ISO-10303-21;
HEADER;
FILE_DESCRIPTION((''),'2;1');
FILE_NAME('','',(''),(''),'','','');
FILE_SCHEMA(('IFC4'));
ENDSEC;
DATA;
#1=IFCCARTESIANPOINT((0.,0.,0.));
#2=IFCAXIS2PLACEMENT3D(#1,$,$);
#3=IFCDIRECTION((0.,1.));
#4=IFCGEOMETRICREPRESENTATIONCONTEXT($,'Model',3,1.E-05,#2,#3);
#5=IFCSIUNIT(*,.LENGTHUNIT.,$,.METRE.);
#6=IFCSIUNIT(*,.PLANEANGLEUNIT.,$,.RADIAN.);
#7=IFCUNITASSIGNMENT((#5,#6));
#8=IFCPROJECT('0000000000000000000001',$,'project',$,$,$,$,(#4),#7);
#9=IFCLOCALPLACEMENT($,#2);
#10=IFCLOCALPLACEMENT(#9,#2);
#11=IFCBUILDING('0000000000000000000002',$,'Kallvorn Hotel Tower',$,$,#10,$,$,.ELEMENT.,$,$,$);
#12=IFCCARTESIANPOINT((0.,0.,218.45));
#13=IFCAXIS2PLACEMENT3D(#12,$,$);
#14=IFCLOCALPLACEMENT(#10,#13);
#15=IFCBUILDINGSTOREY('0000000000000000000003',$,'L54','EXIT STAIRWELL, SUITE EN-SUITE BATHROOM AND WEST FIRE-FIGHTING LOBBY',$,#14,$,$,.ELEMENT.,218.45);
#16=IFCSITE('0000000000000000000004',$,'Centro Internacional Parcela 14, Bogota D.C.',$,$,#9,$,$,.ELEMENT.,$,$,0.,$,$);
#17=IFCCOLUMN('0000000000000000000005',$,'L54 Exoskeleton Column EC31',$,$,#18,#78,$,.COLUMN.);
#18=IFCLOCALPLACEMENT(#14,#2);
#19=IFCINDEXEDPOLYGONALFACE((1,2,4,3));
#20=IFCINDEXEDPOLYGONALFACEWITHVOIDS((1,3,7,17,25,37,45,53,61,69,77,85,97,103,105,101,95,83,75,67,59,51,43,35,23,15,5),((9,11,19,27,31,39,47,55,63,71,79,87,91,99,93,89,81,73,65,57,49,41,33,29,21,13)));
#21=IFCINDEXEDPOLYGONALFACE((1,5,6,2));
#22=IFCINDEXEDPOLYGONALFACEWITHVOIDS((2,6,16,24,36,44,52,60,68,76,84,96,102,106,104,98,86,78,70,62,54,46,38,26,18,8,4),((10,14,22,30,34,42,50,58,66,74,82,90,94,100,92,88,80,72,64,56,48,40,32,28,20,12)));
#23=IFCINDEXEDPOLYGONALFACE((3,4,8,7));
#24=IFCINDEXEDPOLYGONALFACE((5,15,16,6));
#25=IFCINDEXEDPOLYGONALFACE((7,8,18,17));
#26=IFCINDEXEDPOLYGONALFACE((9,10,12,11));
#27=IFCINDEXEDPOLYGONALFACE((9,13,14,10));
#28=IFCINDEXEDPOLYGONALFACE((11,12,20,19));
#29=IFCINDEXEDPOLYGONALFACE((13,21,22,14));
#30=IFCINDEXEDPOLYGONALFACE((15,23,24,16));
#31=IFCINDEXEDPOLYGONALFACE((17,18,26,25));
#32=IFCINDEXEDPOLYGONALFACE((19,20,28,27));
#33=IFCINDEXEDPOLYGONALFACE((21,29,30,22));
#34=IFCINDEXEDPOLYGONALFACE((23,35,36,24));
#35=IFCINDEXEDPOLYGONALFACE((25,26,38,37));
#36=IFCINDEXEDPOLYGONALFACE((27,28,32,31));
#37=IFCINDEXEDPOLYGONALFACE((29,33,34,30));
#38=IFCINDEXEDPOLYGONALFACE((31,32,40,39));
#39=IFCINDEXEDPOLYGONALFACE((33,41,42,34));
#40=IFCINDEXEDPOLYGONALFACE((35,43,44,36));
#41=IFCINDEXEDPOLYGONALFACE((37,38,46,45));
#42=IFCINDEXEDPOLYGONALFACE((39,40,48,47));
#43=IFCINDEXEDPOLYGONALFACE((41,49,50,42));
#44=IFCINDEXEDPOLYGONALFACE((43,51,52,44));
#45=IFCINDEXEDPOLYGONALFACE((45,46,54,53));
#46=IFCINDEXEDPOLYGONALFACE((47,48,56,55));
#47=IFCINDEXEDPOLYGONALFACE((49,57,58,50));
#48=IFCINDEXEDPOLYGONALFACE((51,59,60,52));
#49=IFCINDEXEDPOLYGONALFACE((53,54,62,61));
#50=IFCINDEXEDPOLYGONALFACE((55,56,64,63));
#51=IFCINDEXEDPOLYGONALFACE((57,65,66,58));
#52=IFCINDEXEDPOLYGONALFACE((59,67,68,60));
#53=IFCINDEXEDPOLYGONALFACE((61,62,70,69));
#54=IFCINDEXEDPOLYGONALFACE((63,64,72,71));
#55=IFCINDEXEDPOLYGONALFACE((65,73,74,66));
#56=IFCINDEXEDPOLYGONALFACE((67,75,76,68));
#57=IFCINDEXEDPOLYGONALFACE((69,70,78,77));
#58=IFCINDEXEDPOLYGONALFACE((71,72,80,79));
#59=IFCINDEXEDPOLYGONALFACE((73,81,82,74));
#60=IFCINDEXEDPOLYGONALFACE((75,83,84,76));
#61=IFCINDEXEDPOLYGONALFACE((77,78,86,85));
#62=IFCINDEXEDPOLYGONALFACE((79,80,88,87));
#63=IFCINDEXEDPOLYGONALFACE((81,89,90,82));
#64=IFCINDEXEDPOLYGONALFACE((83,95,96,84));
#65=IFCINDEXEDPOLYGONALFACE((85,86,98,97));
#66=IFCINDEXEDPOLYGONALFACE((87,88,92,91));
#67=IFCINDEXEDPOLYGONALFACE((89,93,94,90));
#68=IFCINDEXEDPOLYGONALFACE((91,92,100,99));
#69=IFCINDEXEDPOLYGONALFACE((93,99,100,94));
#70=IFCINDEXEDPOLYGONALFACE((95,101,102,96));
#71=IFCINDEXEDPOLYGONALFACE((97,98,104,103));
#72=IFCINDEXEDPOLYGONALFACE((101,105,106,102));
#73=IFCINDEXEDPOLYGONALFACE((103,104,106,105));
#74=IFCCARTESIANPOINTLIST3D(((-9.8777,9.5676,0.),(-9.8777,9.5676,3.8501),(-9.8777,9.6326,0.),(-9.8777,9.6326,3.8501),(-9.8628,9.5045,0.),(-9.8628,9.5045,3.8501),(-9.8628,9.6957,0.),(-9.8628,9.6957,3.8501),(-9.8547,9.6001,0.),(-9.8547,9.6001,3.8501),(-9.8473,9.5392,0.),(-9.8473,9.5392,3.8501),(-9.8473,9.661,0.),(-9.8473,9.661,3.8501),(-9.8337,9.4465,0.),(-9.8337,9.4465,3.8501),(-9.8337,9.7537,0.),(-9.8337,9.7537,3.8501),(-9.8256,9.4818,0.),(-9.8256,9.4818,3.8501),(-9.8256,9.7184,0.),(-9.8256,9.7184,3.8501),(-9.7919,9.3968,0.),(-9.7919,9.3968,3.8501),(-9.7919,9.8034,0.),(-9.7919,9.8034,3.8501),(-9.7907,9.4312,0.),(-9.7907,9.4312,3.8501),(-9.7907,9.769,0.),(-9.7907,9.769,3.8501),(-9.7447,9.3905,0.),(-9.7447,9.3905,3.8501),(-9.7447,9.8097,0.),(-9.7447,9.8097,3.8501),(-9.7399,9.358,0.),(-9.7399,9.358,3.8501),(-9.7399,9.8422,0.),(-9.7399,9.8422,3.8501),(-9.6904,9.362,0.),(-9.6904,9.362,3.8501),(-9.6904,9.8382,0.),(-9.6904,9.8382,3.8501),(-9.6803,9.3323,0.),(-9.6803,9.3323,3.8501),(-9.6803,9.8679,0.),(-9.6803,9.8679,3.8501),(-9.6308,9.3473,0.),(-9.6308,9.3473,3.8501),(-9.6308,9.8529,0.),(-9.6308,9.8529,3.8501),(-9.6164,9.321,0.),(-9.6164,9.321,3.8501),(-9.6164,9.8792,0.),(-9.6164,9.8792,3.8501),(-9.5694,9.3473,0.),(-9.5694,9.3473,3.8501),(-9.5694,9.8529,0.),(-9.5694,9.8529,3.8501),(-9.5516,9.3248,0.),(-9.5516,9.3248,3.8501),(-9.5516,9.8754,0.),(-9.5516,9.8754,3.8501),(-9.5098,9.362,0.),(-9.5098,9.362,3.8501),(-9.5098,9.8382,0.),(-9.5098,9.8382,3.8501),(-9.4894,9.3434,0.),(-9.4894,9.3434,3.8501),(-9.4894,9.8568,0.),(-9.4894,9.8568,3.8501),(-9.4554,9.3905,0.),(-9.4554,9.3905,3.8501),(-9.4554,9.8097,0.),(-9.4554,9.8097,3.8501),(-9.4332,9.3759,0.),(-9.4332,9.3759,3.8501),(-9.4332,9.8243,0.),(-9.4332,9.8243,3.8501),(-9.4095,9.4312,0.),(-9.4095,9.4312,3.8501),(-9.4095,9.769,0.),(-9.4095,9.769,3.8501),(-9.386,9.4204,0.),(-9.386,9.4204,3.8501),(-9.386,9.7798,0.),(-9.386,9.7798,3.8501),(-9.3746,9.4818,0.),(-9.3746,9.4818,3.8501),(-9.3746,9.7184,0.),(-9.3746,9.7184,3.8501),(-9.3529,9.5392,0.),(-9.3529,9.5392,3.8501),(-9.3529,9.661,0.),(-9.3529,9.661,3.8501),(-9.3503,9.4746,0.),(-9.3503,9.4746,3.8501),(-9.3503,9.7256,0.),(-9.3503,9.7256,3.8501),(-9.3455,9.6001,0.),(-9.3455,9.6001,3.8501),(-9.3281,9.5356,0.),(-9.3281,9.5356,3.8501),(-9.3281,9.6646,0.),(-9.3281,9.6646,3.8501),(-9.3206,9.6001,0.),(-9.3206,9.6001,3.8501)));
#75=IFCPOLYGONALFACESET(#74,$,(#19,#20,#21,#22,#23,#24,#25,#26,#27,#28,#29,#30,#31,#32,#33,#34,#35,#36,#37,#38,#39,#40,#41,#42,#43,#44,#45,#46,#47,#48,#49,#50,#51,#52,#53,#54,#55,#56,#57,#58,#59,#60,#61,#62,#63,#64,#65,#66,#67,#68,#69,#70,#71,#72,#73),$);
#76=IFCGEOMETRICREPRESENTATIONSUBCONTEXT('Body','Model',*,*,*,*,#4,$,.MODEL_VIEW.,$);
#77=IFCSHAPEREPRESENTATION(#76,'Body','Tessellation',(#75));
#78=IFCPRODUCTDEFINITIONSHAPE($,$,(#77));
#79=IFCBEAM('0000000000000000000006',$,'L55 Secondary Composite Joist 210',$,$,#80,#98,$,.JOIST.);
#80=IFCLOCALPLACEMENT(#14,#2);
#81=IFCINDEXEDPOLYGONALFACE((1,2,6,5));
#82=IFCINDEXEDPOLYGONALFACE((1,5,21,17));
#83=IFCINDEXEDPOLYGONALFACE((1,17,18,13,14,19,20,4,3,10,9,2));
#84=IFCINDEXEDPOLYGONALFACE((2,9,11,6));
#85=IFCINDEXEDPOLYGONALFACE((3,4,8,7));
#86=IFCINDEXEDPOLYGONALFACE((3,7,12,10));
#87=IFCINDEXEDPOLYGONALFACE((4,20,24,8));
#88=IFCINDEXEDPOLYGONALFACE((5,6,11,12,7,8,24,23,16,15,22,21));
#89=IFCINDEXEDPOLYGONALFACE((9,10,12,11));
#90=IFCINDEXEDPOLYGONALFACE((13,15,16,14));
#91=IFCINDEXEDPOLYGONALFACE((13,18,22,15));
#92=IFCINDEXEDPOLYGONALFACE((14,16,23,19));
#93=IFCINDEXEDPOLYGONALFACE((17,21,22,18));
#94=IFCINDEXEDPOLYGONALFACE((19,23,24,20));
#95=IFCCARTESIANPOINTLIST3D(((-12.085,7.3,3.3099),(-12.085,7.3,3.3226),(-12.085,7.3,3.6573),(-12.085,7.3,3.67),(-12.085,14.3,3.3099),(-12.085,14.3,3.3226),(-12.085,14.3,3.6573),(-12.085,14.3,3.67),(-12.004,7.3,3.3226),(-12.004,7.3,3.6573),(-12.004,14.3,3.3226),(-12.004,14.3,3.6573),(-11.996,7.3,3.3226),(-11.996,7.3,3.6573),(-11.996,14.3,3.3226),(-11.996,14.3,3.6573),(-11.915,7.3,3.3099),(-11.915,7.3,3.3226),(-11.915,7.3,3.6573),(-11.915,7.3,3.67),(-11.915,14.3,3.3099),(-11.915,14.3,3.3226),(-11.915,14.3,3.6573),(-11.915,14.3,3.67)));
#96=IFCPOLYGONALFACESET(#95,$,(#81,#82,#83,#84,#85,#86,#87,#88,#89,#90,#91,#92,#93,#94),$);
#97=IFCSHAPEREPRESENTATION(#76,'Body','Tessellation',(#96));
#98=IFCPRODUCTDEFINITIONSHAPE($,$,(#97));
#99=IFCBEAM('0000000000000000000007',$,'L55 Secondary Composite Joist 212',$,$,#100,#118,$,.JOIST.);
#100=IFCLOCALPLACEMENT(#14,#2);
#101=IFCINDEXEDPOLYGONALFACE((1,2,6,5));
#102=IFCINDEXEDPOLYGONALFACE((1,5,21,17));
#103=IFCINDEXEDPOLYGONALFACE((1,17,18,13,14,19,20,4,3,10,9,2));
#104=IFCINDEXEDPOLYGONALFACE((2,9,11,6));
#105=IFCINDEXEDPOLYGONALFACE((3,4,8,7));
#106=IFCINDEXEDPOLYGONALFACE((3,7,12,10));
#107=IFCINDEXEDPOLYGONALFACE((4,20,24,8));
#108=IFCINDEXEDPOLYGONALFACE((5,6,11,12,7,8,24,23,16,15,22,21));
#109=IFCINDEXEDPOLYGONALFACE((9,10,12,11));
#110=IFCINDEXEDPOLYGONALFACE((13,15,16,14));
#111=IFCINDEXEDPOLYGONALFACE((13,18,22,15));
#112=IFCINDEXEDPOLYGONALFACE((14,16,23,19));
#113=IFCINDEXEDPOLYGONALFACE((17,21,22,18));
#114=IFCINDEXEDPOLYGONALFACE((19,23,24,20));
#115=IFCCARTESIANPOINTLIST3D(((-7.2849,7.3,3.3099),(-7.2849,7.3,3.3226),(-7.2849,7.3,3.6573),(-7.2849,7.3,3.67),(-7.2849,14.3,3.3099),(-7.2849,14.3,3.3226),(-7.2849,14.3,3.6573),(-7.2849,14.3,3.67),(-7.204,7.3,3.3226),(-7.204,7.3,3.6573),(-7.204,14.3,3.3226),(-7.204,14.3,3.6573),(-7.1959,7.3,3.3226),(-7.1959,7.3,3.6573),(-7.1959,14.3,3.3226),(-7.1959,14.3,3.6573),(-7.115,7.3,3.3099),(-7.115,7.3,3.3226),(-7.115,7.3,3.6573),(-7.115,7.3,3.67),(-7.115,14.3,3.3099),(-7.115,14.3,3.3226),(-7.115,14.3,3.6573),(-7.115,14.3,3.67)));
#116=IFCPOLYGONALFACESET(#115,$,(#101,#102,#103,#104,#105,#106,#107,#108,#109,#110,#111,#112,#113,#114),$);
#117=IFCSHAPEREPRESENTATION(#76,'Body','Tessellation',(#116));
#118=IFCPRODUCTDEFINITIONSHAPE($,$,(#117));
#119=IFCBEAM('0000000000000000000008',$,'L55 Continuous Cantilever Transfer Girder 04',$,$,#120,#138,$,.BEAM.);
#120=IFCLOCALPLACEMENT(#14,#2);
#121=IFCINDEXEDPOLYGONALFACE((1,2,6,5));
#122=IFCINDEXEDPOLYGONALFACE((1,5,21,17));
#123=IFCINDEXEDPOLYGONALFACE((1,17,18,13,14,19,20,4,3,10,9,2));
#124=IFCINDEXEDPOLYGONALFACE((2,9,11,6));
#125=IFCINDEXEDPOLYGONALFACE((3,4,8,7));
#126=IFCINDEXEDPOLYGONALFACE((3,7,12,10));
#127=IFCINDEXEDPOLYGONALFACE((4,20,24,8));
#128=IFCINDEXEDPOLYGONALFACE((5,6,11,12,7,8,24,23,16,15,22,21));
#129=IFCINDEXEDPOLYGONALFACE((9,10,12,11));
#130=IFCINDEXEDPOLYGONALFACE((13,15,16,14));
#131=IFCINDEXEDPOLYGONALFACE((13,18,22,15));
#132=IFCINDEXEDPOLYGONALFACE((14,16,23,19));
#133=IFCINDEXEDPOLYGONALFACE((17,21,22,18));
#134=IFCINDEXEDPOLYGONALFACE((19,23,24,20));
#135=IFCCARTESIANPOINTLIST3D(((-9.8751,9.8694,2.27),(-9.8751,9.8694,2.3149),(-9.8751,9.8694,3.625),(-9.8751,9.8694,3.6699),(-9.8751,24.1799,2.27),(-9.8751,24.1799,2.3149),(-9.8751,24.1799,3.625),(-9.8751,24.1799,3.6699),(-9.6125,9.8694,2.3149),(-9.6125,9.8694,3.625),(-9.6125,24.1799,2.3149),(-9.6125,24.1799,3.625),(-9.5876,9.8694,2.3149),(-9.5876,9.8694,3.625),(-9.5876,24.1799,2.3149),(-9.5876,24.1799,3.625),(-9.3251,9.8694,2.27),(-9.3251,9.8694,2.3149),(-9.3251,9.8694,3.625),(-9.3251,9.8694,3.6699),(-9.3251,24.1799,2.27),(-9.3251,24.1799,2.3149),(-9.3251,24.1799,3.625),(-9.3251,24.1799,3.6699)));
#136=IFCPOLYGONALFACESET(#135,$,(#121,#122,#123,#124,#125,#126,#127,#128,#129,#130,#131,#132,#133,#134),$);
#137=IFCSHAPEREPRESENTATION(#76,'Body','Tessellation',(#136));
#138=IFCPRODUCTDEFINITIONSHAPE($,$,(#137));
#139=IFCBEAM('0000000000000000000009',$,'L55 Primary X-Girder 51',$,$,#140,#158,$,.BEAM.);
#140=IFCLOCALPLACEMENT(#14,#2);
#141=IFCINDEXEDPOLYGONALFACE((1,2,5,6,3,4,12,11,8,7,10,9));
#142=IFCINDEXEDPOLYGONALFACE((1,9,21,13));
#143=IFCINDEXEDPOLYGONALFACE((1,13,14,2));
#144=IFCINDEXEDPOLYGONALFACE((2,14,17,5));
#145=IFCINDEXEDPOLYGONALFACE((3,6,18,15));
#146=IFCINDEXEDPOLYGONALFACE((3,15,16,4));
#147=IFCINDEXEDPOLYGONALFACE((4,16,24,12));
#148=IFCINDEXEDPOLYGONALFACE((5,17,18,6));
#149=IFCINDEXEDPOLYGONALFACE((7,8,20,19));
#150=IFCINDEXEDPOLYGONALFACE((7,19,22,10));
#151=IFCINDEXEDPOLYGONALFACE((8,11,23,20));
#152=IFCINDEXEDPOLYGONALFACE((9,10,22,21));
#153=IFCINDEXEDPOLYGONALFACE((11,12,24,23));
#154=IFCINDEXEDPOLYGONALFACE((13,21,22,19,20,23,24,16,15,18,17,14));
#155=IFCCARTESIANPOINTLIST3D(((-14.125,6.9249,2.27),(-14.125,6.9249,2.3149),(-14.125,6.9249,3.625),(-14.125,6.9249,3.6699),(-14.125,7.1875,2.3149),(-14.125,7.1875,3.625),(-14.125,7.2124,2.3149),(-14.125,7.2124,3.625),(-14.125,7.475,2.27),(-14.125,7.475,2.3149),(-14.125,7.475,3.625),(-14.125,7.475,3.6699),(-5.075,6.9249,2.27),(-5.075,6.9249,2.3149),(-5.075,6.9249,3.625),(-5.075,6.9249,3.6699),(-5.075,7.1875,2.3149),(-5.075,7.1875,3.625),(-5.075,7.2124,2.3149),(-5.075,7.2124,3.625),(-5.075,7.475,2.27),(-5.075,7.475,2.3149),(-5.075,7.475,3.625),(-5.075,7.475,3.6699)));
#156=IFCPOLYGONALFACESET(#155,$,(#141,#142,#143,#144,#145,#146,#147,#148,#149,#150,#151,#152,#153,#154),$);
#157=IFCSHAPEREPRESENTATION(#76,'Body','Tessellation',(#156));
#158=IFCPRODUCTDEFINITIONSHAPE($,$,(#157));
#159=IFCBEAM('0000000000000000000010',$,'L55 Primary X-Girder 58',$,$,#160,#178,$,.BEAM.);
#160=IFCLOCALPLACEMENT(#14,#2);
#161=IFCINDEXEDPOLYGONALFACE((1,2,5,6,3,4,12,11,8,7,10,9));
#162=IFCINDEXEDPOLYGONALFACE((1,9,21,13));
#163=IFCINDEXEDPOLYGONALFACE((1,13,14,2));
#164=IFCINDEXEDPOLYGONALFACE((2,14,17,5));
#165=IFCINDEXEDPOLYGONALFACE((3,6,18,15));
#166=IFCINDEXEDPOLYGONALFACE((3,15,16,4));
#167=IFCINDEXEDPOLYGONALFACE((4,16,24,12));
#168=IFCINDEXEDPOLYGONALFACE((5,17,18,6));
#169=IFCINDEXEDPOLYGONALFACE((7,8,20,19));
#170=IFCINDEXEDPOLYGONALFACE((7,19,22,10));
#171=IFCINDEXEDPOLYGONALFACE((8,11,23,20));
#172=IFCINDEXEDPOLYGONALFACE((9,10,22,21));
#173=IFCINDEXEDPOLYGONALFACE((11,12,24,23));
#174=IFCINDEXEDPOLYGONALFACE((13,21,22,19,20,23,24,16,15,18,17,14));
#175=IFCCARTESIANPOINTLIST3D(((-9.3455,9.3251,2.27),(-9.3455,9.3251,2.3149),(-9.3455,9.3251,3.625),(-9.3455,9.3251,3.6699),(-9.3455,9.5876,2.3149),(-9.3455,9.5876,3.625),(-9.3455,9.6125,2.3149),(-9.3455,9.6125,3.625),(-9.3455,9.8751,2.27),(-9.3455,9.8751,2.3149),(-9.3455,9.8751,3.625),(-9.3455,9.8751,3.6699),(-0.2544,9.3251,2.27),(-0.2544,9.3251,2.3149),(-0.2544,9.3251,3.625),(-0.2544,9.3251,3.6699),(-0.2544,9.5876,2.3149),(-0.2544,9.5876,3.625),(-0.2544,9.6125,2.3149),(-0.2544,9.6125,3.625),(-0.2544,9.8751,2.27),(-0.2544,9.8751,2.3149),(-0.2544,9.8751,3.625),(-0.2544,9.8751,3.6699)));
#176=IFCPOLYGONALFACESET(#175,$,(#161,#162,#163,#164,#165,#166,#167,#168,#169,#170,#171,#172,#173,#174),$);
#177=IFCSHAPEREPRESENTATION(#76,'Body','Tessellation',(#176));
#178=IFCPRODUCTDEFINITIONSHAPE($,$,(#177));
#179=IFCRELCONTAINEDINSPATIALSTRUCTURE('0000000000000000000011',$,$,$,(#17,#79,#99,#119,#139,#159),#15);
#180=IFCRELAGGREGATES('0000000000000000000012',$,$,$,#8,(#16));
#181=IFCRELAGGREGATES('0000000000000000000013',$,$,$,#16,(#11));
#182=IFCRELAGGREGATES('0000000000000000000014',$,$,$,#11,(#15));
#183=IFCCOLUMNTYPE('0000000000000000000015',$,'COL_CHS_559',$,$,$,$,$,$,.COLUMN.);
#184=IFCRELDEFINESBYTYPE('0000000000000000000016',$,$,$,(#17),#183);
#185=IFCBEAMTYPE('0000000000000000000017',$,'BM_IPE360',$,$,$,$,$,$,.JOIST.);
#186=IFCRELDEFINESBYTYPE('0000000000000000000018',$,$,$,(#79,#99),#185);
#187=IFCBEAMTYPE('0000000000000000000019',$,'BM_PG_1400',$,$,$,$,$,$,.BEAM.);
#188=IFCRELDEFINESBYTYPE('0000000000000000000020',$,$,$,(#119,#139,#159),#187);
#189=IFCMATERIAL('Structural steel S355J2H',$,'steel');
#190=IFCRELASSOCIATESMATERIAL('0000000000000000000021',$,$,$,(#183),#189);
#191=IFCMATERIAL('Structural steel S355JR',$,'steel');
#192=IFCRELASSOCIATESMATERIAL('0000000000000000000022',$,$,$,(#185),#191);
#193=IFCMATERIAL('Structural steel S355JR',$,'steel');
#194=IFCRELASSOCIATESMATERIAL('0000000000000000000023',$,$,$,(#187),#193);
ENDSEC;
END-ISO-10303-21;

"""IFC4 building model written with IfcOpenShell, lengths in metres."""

from ifc_helpers import new_model, si_unit, direction, frame, origin, origin_2d, place, context, subcontext, project, spatial, hollow_circle, i_section, extrude, material, material_profile, profile_set, type_object, element, save


model = new_model("IFC4")

# Units and contexts
model_context = context("Model", 3, precision=1e-05, world=origin(), true_north=direction((0.0, 1.0)))
body_context = subcontext(model_context, "Body", "Model", "MODEL_VIEW")
ifc_project = project(units=[si_unit("LENGTHUNIT", "METRE"), si_unit("PLANEANGLEUNIT", "RADIAN")], contexts=[model_context])

# Site, building, storey
site_placement = place(None, origin())
site = spatial("IfcSite", under=ifc_project, at=site_placement, Name="Centro Internacional Parcela 14, Bogota D.C.", CompositionType="ELEMENT", RefElevation=0.0)
building_placement = place(site_placement, origin())
building = spatial("IfcBuilding", under=site, at=building_placement, Name="Kallvorn Hotel Tower", CompositionType="ELEMENT")
storey_placement = place(building_placement, frame((0.0, 0.0, 218.45)))
storey = spatial("IfcBuildingStorey", under=building, at=storey_placement, Name="L54", Description="EXIT STAIRWELL, SUITE EN-SUITE BATHROOM AND WEST FIRE-FIGHTING LOBBY", CompositionType="ELEMENT", Elevation=218.45)

# Column
ifc_material_1 = material(Name="Structural steel S355J2H", Category="steel")
ifc_material_profile_1 = material_profile(ifc_material_1, hollow_circle(Radius=0.2795, WallThickness=0.0249, at=origin_2d()), Name="CHS 559x25")
ifc_profile_set_1 = profile_set([ifc_material_profile_1], Name="Structural steel S355J2H")
column_type = type_object("IfcColumnType", Name="COL_CHS_559", PredefinedType="COLUMN", material=ifc_profile_set_1)
column_placement = place(storey_placement, frame((-9.6001, 9.6001, 0.0), z_axis=(0.0, 0.0, 1.0), x_axis=(1.0, 0.0, 0.0)))
element("IfcColumn", 1, at=column_placement, inside=storey, type_object=column_type, Name="L54 Exoskeleton Column EC31", PredefinedType="COLUMN", context=body_context, shape_type="SweptSolid", body=[
    extrude(hollow_circle(Radius=0.2795, WallThickness=0.0249, at=origin_2d()), origin(), (0.0, 0.0, 1.0), 3.8501),
])

# Beams
ifc_material_2 = material(Name="Structural steel S355JR", Category="steel")
ifc_material_profile_2 = material_profile(ifc_material_2, i_section(OverallWidth=0.1699, OverallDepth=0.3601, WebThickness=0.0081, FlangeThickness=0.0127, at=origin_2d()), Name="IPE 360")
ifc_profile_set_2 = profile_set([ifc_material_profile_2], Name="Structural steel S355JR")
beam_type_1 = type_object("IfcBeamType", Name="BM_IPE360", PredefinedType="JOIST", material=ifc_profile_set_2)
for number, where, z_axis, x_axis, name in (
    (2, (-12.0, 7.3, 3.49), (0.0, 1.0, 0.0), (-1.0, 0.0, 0.0), "L55 Secondary Composite Joist 210"),
    (3, (-7.2, 7.3, 3.49), (0.0, 1.0, 0.0), (-1.0, 0.0, 0.0), "L55 Secondary Composite Joist 212"),
):
    element("IfcBeam", number, at=place(storey_placement, frame(where, z_axis=z_axis, x_axis=x_axis)), inside=storey, type_object=beam_type_1, Name=name, PredefinedType="JOIST", context=body_context, shape_type="SweptSolid", body=[
        extrude(i_section(OverallWidth=0.1699, OverallDepth=0.3601, WebThickness=0.0081, FlangeThickness=0.0127, at=origin_2d()), origin(), (0.0, 0.0, 1.0), 7.0),
    ])
ifc_material_3 = material(Name="Structural steel S355JR", Category="steel")
ifc_material_profile_3 = material_profile(ifc_material_3, i_section(OverallWidth=0.55, OverallDepth=1.3999, WebThickness=0.0249, FlangeThickness=0.0449, at=origin_2d()), Name="PG 1400x550x25x45")
ifc_profile_set_3 = profile_set([ifc_material_profile_3], Name="Structural steel S355JR")
beam_type_2 = type_object("IfcBeamType", Name="BM_PG_1400", PredefinedType="BEAM", material=ifc_profile_set_3)
beam_1_placement = place(storey_placement, frame((-9.6001, 9.8694, 2.97), z_axis=(0.0, 1.0, 0.0), x_axis=(-1.0, 0.0, 0.0)))
element("IfcBeam", 4, at=beam_1_placement, inside=storey, type_object=beam_type_2, Name="L55 Continuous Cantilever Transfer Girder 04", PredefinedType="BEAM", context=body_context, shape_type="SweptSolid", body=[
    extrude(i_section(OverallWidth=0.55, OverallDepth=1.3999, WebThickness=0.0249, FlangeThickness=0.0449, at=origin_2d()), origin(), (0.0, 0.0, 1.0), 14.3105),
])
beam_2_placement = place(storey_placement, frame((-14.125, 7.2, 2.97), z_axis=(1.0, 0.0, 0.0), x_axis=(0.0, 1.0, 0.0)))
element("IfcBeam", 5, at=beam_2_placement, inside=storey, type_object=beam_type_2, Name="L55 Primary X-Girder 51", PredefinedType="BEAM", context=body_context, shape_type="SweptSolid", body=[
    extrude(i_section(OverallWidth=0.55, OverallDepth=1.3999, WebThickness=0.0249, FlangeThickness=0.0449, at=origin_2d()), origin(), (0.0, 0.0, 1.0), 9.05),
])
beam_3_placement = place(storey_placement, frame((-9.3455, 9.6001, 2.97), z_axis=(1.0, 0.0, 0.0), x_axis=(0.0, 1.0, 0.0)))
element("IfcBeam", 6, at=beam_3_placement, inside=storey, type_object=beam_type_2, Name="L55 Primary X-Girder 58", PredefinedType="BEAM", context=body_context, shape_type="SweptSolid", body=[
    extrude(i_section(OverallWidth=0.55, OverallDepth=1.3999, WebThickness=0.0249, FlangeThickness=0.0449, at=origin_2d()), origin(), (0.0, 0.0, 1.0), 9.0911),
])

save(model, "model.ifc")
